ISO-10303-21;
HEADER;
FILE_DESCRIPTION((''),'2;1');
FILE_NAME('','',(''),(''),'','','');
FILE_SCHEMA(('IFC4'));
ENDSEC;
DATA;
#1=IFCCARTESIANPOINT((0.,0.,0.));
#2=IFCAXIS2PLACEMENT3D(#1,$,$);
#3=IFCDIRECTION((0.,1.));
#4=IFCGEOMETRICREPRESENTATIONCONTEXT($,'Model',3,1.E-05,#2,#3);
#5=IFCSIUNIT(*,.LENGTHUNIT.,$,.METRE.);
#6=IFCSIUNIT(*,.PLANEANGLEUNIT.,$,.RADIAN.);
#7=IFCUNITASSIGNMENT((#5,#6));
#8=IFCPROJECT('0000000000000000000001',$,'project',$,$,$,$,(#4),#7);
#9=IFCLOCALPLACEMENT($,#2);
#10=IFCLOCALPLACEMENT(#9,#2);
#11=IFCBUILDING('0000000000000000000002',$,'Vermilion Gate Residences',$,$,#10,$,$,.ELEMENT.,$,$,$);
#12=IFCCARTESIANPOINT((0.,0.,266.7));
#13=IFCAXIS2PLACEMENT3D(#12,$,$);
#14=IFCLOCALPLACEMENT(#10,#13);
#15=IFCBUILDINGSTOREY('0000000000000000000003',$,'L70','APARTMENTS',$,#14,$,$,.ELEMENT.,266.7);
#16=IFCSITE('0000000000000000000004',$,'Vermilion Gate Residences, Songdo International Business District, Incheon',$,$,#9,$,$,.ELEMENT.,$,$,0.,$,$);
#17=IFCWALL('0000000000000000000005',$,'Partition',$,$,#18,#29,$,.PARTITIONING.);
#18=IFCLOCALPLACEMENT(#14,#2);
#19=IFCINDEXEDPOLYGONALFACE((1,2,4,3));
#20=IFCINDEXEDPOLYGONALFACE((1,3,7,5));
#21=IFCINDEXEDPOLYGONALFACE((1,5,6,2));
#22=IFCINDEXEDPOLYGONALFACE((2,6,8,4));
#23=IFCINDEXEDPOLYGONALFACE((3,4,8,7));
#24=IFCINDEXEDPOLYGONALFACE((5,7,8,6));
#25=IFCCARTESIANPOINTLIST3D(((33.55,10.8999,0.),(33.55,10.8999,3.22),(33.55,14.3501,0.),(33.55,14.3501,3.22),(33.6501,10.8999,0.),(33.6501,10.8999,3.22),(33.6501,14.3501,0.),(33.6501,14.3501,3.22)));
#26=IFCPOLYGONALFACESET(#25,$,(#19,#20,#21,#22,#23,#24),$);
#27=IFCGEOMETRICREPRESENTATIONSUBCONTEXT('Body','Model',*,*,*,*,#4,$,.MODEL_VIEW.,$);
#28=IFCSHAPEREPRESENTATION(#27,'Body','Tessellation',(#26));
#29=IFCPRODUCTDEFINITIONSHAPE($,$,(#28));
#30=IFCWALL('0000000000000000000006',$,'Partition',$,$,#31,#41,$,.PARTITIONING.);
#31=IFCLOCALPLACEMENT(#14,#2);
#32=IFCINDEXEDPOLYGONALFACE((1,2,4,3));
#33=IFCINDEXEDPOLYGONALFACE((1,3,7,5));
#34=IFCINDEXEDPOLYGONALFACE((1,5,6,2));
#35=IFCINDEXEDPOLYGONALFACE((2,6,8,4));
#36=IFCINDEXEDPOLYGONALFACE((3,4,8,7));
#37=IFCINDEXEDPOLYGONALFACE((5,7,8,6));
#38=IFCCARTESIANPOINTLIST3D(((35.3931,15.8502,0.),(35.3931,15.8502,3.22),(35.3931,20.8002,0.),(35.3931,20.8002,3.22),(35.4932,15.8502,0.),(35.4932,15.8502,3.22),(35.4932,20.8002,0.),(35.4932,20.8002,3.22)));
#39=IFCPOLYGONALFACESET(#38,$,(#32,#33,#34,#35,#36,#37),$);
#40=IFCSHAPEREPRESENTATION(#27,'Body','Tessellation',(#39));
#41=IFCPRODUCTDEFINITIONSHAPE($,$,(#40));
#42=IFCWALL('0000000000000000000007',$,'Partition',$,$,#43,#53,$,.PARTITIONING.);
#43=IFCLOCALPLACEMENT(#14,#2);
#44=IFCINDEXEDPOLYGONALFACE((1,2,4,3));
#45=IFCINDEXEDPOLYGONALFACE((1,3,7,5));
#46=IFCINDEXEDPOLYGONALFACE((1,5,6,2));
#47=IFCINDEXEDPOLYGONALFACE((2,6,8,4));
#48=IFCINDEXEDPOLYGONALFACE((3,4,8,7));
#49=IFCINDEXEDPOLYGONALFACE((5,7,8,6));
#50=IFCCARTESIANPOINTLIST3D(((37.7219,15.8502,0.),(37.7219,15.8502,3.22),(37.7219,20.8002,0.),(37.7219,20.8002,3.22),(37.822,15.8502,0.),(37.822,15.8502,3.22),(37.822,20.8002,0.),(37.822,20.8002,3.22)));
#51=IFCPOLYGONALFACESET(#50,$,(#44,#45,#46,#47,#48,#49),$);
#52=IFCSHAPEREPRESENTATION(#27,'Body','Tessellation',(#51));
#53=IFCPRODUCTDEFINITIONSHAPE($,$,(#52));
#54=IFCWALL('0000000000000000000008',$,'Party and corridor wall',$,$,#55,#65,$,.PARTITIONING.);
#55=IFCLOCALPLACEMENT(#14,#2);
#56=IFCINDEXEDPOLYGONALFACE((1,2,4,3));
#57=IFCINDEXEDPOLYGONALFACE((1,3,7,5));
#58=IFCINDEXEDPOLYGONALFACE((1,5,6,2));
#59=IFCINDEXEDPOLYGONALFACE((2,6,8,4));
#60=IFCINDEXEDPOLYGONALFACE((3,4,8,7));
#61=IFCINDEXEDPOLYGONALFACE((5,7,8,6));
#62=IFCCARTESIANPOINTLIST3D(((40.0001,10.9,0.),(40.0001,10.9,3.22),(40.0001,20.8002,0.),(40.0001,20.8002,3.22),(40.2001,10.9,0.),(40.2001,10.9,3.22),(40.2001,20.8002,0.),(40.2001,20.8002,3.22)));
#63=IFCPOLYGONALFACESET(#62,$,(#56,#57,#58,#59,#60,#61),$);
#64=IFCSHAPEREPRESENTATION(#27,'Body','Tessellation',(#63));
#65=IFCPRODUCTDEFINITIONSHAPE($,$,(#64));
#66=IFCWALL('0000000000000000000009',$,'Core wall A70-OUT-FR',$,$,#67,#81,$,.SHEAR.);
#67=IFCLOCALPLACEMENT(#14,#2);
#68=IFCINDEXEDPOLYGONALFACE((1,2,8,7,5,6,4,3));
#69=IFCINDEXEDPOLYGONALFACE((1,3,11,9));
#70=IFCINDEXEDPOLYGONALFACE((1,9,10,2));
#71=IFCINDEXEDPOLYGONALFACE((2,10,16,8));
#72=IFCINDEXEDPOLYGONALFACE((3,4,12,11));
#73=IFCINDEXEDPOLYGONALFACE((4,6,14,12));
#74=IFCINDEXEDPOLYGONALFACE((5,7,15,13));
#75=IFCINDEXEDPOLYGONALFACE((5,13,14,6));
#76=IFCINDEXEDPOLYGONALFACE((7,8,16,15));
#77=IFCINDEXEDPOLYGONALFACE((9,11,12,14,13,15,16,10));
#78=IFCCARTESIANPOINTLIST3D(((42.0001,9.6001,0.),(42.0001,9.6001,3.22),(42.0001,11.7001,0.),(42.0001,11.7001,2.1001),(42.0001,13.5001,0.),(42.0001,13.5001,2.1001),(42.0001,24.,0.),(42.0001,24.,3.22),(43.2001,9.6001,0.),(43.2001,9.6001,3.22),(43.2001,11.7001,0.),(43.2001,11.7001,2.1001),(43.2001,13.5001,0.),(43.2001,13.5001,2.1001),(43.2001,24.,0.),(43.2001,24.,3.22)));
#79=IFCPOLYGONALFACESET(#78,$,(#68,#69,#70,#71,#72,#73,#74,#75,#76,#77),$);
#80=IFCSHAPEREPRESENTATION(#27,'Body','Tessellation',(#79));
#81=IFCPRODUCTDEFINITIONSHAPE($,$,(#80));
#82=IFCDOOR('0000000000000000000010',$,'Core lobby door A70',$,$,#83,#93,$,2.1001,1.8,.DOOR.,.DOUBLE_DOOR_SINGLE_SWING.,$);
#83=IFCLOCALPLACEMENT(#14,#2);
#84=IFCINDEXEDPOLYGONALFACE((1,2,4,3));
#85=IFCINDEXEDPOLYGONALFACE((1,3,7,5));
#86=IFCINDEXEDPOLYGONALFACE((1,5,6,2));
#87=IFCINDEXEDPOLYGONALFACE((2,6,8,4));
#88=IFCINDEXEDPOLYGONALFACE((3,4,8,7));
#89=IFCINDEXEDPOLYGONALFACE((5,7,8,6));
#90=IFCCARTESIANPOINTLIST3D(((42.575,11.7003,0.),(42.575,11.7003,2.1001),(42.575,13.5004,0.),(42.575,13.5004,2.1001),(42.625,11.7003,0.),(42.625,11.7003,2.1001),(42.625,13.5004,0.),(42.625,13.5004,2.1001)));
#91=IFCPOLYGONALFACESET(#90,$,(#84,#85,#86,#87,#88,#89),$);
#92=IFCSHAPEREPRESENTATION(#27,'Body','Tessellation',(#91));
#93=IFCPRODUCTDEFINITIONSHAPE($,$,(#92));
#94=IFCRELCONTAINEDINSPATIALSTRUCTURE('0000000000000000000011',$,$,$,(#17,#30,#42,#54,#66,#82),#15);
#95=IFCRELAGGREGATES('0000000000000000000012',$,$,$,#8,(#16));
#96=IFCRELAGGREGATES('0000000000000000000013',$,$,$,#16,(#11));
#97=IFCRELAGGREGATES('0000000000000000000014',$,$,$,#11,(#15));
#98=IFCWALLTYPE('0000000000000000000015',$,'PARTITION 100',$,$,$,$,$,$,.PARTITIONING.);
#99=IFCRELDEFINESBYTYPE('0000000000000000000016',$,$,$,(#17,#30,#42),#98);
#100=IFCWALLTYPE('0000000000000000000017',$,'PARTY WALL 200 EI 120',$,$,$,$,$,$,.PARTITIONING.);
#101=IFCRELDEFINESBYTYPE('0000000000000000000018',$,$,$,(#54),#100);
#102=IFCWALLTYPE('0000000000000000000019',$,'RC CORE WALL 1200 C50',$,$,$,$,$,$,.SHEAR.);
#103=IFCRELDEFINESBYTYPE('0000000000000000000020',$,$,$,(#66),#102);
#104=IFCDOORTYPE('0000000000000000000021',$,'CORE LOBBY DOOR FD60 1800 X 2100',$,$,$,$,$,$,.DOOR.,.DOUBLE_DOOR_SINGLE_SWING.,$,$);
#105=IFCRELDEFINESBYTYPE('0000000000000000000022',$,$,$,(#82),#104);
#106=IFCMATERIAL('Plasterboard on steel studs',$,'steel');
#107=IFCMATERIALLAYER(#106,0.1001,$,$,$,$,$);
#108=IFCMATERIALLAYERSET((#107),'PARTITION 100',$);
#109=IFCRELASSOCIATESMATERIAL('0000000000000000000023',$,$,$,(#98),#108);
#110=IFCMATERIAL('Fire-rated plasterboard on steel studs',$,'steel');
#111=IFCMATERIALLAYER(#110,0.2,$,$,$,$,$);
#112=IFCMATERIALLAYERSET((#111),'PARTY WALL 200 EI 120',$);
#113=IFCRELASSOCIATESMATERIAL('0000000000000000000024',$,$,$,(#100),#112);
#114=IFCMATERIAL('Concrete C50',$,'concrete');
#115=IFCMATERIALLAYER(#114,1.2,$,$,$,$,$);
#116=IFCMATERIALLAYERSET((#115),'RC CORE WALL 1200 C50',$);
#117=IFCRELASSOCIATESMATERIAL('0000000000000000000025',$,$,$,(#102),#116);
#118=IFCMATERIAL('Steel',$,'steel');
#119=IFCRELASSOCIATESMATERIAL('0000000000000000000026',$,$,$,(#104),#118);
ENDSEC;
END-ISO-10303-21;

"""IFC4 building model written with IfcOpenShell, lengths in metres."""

from ifc_helpers import new_model, si_unit, direction, frame, frame_2d, origin, place, context, subcontext, project, spatial, rectangle, extrude, material, layer, layer_set, type_object, element, fill, save


model = new_model("IFC4")

# Units and contexts
model_context = context("Model", 3, precision=1e-05, world=origin(), true_north=direction((0.0, 1.0)))
body_context = subcontext(model_context, "Body", "Model", "MODEL_VIEW")
ifc_project = project(units=[si_unit("LENGTHUNIT", "METRE"), si_unit("PLANEANGLEUNIT", "RADIAN")], contexts=[model_context])

# Site, building, storey
site_placement = place(None, origin())
site = spatial("IfcSite", under=ifc_project, at=site_placement, Name="Vermilion Gate Residences, Songdo International Business District, Incheon", CompositionType="ELEMENT", RefElevation=0.0)
building_placement = place(site_placement, origin())
building = spatial("IfcBuilding", under=site, at=building_placement, Name="Vermilion Gate Residences", CompositionType="ELEMENT")
storey_placement = place(building_placement, frame((0.0, 0.0, 266.7)))
storey = spatial("IfcBuildingStorey", under=building, at=storey_placement, Name="L70", Description="APARTMENTS", CompositionType="ELEMENT", Elevation=266.7)

# Walls
ifc_material_1 = material(Name="Plasterboard on steel studs", Category="steel")
ifc_layer_1 = layer(ifc_material_1, 0.1001)
ifc_layer_set_1 = layer_set([ifc_layer_1], Name="PARTITION 100")
wall_type_1 = type_object("IfcWallType", Name="PARTITION 100", PredefinedType="PARTITIONING", material=ifc_layer_set_1)
wall_1_placement = place(storey_placement, frame((33.6001, 10.8999, 0.0), z_axis=(0.0, 0.0, 1.0), x_axis=(0.0, 1.0, 0.0)))
element("IfcWall", 1, at=wall_1_placement, inside=storey, type_object=wall_type_1, Name="Partition", PredefinedType="PARTITIONING", context=body_context, shape_type="SweptSolid", body=[
    extrude(rectangle(XDim=3.4502, YDim=0.1001, at=frame_2d((1.7251, 0.0))), origin(), (0.0, 0.0, 1.0), 3.22),
])
for number, where, z_axis, x_axis, name in (
    (2, (35.4431, 15.8501, 0.0), (0.0, 0.0, 1.0), (0.0, 1.0, 0.0), "Partition"),
    (3, (37.772, 15.8501, 0.0), (0.0, 0.0, 1.0), (0.0, 1.0, 0.0), "Partition"),
):
    element("IfcWall", number, at=place(storey_placement, frame(where, z_axis=z_axis, x_axis=x_axis)), inside=storey, type_object=wall_type_1, Name=name, PredefinedType="PARTITIONING", context=body_context, shape_type="SweptSolid", body=[
        extrude(rectangle(XDim=4.95, YDim=0.1001, at=frame_2d((2.4751, 0.0))), origin(), (0.0, 0.0, 1.0), 3.22),
    ])
ifc_material_2 = material(Name="Fire-rated plasterboard on steel studs", Category="steel")
ifc_layer_2 = layer(ifc_material_2, 0.2)
ifc_layer_set_2 = layer_set([ifc_layer_2], Name="PARTY WALL 200 EI 120")
wall_type_2 = type_object("IfcWallType", Name="PARTY WALL 200 EI 120", PredefinedType="PARTITIONING", material=ifc_layer_set_2)
wall_2_placement = place(storey_placement, frame((40.1001, 10.8999, 0.0), z_axis=(0.0, 0.0, 1.0), x_axis=(0.0, 1.0, 0.0)))
element("IfcWall", 4, at=wall_2_placement, inside=storey, type_object=wall_type_2, Name="Party and corridor wall", PredefinedType="PARTITIONING", context=body_context, shape_type="SweptSolid", body=[
    extrude(rectangle(XDim=9.9001, YDim=0.2, at=frame_2d((4.9502, 0.0))), origin(), (0.0, 0.0, 1.0), 3.22),
])

# Wall, opening, door
ifc_material_3 = material(Name="Concrete C50", Category="concrete")
ifc_layer_3 = layer(ifc_material_3, 1.2)
ifc_layer_set_3 = layer_set([ifc_layer_3], Name="RC CORE WALL 1200 C50")
wall_type_3 = type_object("IfcWallType", Name="RC CORE WALL 1200 C50", PredefinedType="SHEAR", material=ifc_layer_set_3)
wall_3_placement = place(storey_placement, frame((42.6001, 9.6001, 0.0), z_axis=(0.0, 0.0, 1.0), x_axis=(0.0, 1.0, 0.0)))
wall_3 = element("IfcWall", 5, at=wall_3_placement, inside=storey, type_object=wall_type_3, Name="Core wall A70-OUT-FR", PredefinedType="SHEAR", context=body_context, shape_type="SweptSolid", body=[
    extrude(rectangle(XDim=14.3999, YDim=1.2, at=frame_2d((7.2, 0.0))), origin(), (0.0, 0.0, 1.0), 3.22),
])
opening_1_placement = place(wall_3_placement, frame((2.1001, 0.0, 0.0)))
opening_1 = element("IfcOpeningElement", 6, at=opening_1_placement, cuts=wall_3, PredefinedType="OPENING", context=body_context, shape_type="SweptSolid", body=[
    extrude(rectangle(XDim=1.8, YDim=2.1001, at=frame_2d((0.8999, 1.05))), frame((0.0, 0.6099, 0.0), z_axis=(0.0, -1.0, 0.0), x_axis=(1.0, 0.0, 0.0)), (0.0, 0.0, 1.0), 1.22),
])
ifc_material_4 = material(Name="Steel", Category="steel")
door_type_1 = type_object("IfcDoorType", Name="CORE LOBBY DOOR FD60 1800 X 2100", OperationType="DOUBLE_DOOR_SINGLE_SWING", PredefinedType="DOOR", material=ifc_material_4)
door_1_placement = place(opening_1_placement, frame((1.8, 0.0, 0.0), z_axis=(0.0, 0.0, 1.0), x_axis=(-1.0, 0.0, 0.0)))
door_1 = element("IfcDoor", 7, at=door_1_placement, inside=storey, type_object=door_type_1, Name="Core lobby door A70", OperationType="DOUBLE_DOOR_SINGLE_SWING", OverallHeight=2.1001, OverallWidth=1.8, PredefinedType="DOOR", context=body_context, shape_type="SweptSolid", body=[
    extrude(rectangle(XDim=1.8, YDim=2.1001, at=frame_2d((0.8999, 1.05))), frame((0.0, 0.0249, 0.0), z_axis=(0.0, -1.0, 0.0), x_axis=(1.0, 0.0, 0.0)), (0.0, 0.0, 1.0), 0.05),
])
fill(opening_1, door_1)

save(model, "model.ifc")
